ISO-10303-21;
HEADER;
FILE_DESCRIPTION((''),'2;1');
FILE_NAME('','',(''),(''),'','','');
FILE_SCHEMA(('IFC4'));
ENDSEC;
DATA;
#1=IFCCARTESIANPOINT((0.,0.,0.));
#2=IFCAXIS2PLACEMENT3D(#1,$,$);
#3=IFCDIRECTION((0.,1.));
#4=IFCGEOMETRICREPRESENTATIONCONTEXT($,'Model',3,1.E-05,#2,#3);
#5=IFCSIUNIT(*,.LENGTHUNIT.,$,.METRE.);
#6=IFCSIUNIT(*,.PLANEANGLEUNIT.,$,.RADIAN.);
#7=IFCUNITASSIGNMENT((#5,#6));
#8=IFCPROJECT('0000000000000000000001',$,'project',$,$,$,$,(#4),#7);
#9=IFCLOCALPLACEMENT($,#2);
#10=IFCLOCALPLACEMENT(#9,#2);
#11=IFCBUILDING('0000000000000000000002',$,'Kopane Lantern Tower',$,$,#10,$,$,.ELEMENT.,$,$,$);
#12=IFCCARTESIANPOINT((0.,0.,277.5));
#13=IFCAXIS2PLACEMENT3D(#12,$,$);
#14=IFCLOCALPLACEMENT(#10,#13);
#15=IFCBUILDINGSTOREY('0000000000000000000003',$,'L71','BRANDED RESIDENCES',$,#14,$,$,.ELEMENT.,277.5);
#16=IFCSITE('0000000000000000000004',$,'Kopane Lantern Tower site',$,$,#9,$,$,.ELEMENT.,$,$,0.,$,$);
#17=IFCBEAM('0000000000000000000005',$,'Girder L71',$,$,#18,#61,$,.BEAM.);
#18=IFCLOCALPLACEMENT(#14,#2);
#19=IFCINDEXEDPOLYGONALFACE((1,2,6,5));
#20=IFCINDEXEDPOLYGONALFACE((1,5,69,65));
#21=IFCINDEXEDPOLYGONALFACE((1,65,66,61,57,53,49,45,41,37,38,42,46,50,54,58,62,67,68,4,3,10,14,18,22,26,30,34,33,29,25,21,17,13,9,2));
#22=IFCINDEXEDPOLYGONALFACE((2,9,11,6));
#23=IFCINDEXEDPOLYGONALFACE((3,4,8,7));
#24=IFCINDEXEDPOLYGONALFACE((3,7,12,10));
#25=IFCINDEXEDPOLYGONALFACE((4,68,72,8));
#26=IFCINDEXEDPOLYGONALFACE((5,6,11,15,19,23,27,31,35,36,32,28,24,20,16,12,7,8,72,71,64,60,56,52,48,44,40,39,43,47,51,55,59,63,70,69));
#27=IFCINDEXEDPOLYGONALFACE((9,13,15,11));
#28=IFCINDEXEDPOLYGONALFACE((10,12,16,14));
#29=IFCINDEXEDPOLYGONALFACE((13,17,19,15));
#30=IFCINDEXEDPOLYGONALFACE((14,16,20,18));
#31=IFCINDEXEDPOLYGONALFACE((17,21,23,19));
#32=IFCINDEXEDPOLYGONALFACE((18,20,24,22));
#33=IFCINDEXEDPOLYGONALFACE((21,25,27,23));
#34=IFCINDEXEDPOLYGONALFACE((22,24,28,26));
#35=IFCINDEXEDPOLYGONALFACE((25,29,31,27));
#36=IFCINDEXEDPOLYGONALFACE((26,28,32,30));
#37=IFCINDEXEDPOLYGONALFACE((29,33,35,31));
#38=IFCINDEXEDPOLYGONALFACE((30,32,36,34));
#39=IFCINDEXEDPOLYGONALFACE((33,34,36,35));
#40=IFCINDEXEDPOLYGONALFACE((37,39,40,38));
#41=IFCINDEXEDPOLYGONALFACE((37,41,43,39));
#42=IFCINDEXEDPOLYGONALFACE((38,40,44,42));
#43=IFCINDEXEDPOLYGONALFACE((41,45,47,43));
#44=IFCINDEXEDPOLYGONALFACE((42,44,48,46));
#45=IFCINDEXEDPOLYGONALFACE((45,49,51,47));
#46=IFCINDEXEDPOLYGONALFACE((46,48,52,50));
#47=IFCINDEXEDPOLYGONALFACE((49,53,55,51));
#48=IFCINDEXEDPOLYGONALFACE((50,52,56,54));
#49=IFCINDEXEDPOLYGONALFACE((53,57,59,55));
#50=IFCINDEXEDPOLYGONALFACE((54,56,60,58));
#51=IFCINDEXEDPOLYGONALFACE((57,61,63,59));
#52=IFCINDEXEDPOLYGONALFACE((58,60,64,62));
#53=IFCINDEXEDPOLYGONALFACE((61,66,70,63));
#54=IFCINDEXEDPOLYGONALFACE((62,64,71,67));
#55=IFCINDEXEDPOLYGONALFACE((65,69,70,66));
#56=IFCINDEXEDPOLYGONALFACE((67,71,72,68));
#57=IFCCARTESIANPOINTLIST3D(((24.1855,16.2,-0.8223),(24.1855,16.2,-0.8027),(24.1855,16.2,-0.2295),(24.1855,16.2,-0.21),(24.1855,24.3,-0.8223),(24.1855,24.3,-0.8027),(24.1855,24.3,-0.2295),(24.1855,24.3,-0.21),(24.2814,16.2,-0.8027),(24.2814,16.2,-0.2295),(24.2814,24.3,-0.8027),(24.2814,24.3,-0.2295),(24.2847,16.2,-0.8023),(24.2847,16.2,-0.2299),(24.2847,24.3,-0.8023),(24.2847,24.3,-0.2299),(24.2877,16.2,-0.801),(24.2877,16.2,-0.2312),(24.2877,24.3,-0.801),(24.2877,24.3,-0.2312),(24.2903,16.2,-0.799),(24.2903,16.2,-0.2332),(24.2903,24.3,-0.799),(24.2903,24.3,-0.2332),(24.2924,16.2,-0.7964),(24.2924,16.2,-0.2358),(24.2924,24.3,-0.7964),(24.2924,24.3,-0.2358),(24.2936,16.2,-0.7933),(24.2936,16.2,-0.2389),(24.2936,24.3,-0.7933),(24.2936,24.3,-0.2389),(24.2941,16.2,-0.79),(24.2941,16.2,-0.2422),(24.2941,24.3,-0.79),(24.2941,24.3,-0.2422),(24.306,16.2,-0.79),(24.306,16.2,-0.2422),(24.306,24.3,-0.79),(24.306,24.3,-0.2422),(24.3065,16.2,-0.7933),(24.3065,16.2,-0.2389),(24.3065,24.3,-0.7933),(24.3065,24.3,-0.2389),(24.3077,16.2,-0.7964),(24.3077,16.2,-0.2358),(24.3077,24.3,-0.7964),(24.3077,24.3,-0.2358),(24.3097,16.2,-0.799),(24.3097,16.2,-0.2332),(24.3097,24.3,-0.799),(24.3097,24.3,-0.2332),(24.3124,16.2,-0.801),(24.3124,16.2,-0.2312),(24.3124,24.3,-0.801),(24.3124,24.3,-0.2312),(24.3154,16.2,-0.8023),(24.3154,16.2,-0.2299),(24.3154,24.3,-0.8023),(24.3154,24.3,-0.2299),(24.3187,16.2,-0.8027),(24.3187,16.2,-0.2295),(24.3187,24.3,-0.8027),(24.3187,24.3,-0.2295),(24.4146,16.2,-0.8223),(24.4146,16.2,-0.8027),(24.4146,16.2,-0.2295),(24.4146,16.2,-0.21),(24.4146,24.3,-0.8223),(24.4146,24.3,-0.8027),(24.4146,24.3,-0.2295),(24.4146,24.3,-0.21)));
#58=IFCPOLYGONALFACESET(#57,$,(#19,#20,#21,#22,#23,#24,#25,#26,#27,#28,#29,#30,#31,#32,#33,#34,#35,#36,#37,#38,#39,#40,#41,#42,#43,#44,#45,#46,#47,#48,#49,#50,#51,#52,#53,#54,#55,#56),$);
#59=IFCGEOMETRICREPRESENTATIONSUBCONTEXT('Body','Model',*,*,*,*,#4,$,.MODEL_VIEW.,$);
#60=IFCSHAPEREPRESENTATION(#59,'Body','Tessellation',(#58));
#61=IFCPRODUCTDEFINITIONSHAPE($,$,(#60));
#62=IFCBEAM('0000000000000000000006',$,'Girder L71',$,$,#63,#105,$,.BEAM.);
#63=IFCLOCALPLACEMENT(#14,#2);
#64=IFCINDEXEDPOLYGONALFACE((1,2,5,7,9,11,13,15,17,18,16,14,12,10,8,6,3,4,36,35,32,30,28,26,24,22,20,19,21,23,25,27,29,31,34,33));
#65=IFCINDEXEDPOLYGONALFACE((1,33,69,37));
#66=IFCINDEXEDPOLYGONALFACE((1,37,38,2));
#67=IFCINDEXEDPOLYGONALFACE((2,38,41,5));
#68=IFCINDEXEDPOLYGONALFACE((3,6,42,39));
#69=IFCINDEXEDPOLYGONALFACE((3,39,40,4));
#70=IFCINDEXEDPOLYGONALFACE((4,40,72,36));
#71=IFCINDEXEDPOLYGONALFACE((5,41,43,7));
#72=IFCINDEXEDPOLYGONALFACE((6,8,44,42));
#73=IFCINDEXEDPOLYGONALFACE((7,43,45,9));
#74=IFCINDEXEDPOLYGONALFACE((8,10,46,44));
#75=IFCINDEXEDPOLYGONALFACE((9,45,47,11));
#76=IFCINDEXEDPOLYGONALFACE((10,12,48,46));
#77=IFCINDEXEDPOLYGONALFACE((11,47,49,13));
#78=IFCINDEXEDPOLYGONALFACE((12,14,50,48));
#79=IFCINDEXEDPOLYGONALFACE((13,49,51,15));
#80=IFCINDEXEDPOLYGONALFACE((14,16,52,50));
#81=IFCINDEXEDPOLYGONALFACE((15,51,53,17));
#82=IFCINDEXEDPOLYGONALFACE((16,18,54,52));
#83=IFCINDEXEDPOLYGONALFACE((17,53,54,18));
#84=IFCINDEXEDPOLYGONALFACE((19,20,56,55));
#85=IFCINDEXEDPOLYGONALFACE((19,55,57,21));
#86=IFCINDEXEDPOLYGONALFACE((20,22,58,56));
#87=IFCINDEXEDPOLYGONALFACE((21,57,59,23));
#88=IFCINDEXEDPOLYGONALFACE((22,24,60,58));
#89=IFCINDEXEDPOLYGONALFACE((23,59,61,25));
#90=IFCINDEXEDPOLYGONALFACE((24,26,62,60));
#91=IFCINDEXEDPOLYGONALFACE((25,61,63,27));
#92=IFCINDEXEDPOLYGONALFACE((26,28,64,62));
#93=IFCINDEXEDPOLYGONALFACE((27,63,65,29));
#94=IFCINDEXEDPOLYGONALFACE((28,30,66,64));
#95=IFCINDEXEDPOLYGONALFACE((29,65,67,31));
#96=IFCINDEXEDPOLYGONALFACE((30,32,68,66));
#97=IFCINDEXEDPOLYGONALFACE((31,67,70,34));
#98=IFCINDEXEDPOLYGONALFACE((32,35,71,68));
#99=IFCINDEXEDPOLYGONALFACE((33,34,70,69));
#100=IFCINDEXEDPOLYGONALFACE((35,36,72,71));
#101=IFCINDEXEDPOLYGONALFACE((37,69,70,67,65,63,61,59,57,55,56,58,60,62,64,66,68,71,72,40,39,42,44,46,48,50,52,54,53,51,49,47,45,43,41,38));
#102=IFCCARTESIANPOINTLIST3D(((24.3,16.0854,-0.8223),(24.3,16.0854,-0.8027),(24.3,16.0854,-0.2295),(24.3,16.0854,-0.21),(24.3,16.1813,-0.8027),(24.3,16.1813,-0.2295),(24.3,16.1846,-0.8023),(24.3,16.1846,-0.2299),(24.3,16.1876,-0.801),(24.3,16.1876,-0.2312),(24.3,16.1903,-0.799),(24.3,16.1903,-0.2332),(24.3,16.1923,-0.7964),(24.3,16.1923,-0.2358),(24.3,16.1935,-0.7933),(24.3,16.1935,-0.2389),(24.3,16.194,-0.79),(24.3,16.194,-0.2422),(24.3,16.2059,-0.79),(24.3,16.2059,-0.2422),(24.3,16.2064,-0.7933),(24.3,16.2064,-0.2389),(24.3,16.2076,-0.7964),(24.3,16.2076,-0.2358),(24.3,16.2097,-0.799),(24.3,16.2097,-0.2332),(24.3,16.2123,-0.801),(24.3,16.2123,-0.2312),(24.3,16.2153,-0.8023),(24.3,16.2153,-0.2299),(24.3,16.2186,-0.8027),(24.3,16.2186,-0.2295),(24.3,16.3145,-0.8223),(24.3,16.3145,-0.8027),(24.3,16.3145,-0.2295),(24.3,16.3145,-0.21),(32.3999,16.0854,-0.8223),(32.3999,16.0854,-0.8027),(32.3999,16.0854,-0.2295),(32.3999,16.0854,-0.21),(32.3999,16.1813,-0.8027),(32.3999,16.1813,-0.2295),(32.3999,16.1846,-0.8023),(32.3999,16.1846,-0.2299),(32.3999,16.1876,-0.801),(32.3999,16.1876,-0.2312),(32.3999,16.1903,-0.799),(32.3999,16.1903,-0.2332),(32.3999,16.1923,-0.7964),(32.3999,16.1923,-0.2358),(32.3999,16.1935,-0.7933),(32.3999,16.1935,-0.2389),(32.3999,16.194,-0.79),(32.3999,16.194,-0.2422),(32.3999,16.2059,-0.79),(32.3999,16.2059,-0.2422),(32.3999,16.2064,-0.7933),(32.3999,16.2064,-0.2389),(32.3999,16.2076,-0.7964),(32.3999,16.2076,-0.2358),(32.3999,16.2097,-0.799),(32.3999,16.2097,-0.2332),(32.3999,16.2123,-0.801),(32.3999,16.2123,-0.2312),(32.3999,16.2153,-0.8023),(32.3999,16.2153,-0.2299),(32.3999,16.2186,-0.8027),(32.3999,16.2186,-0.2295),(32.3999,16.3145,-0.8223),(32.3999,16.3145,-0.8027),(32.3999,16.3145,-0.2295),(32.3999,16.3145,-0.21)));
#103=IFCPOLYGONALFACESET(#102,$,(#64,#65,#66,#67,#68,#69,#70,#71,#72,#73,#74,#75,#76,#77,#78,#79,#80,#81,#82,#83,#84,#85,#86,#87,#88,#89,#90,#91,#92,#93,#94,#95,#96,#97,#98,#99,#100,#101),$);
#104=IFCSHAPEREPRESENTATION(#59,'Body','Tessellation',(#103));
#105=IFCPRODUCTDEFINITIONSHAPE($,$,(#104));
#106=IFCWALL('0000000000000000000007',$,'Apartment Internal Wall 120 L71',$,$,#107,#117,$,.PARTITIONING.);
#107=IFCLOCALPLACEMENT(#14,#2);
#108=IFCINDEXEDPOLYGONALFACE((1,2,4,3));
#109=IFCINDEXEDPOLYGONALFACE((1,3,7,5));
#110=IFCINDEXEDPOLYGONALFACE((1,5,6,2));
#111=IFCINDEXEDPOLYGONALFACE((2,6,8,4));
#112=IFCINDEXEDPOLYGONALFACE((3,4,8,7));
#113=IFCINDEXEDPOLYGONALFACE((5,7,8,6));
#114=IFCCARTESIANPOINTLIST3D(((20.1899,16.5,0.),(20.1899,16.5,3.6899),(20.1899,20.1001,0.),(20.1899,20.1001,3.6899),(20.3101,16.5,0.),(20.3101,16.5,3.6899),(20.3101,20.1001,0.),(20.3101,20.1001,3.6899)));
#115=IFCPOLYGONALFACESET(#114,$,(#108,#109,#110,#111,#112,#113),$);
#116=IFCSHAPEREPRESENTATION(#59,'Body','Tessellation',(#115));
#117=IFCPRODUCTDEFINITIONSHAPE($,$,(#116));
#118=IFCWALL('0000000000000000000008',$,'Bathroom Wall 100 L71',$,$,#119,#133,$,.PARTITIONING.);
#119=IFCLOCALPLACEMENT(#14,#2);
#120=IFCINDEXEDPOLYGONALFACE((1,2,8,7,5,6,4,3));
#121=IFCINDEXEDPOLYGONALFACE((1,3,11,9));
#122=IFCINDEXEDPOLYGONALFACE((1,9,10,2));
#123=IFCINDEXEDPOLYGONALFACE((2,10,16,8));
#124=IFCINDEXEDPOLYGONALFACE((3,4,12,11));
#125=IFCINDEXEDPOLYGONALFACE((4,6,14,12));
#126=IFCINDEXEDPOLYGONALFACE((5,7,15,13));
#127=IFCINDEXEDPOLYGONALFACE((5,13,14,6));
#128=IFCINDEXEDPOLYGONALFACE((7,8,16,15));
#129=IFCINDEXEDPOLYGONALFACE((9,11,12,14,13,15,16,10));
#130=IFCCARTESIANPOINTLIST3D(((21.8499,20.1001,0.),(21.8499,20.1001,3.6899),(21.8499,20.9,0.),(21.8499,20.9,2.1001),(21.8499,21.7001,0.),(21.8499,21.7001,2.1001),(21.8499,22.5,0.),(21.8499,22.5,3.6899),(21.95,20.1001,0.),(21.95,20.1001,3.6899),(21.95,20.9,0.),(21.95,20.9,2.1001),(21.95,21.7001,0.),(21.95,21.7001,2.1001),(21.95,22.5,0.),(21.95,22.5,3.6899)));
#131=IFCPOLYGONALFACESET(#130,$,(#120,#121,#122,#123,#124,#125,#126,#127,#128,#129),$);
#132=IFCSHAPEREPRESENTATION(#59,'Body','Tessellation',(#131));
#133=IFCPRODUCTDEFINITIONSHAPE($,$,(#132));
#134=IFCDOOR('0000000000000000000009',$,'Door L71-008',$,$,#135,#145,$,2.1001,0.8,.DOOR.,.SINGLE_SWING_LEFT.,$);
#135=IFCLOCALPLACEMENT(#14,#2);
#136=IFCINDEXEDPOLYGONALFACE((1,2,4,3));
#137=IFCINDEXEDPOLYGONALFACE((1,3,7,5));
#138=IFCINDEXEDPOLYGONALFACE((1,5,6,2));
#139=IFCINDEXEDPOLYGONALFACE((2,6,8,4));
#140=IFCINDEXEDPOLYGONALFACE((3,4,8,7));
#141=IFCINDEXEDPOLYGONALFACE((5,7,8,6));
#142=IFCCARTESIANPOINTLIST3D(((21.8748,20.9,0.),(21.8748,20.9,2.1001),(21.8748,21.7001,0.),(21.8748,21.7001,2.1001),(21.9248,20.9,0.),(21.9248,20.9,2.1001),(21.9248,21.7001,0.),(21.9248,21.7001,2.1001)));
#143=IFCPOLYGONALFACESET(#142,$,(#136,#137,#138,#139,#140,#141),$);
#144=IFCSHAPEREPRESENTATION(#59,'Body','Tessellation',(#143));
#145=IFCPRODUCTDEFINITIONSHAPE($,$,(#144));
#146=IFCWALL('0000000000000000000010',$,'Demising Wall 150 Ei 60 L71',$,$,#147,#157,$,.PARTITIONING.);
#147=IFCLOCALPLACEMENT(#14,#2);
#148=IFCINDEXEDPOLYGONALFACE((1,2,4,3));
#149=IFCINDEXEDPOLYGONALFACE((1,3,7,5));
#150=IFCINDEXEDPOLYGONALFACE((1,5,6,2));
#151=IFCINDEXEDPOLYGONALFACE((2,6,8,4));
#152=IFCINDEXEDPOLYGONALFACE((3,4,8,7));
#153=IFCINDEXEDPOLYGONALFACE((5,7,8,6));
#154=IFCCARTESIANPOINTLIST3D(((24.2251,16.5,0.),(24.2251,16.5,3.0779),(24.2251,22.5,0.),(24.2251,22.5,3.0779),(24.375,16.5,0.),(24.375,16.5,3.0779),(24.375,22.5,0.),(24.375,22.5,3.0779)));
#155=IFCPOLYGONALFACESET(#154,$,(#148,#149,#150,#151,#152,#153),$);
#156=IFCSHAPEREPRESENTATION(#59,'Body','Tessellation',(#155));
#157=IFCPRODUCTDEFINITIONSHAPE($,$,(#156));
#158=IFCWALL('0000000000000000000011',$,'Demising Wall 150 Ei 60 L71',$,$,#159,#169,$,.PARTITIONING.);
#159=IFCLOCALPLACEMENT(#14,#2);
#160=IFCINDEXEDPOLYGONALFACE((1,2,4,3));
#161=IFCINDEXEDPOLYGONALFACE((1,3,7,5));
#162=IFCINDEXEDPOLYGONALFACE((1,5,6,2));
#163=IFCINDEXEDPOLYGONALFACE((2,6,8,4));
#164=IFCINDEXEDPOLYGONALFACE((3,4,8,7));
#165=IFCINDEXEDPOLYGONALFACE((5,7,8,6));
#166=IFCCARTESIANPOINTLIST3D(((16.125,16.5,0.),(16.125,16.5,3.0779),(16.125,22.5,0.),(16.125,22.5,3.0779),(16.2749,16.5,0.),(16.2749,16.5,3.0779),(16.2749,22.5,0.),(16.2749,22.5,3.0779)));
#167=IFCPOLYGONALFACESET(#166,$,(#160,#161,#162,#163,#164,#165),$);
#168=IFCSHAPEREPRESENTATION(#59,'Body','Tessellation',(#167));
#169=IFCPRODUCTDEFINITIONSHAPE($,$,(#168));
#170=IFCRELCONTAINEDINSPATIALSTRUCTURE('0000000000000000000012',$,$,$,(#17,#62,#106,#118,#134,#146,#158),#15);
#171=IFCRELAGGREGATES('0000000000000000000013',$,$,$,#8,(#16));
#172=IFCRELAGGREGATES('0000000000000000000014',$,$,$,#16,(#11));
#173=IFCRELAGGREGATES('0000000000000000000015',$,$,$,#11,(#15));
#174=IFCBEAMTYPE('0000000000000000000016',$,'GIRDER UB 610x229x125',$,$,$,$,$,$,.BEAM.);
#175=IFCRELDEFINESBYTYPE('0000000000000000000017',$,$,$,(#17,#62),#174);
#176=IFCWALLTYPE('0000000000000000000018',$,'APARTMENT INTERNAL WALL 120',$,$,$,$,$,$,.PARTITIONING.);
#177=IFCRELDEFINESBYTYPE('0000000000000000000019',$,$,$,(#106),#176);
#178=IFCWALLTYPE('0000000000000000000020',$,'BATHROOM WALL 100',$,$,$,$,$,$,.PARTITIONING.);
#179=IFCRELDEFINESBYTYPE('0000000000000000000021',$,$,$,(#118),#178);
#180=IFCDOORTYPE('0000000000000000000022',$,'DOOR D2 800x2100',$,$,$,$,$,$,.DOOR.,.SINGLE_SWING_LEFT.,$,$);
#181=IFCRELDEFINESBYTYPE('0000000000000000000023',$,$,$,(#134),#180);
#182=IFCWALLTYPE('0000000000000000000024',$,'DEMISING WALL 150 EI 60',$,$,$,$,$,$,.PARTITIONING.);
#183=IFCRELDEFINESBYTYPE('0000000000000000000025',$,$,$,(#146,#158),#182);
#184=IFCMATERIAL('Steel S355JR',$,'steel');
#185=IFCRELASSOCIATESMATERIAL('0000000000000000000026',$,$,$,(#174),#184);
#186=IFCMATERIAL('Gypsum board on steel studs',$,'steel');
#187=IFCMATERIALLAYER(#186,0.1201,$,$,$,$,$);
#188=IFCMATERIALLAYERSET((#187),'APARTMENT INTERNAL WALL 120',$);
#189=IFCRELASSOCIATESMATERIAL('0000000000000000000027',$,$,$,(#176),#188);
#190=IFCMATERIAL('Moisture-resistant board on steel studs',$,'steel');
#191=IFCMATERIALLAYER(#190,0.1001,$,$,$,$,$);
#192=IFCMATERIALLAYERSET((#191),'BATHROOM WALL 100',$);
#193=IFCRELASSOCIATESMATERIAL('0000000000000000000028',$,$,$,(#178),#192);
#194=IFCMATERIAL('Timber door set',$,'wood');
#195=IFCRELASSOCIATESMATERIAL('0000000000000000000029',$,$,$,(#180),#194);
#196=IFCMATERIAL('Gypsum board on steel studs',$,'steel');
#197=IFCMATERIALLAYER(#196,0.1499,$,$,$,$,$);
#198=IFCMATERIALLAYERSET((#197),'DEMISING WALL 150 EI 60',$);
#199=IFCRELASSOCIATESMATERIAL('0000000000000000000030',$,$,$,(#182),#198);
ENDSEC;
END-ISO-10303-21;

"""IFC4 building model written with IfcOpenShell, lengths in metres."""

from ifc_helpers import new_model, si_unit, direction, frame, frame_2d, origin, origin_2d, place, context, subcontext, project, spatial, rectangle, i_section, extrude, material, layer, layer_set, material_profile, profile_set, type_object, element, fill, save


model = new_model("IFC4")

# Units and contexts
model_context = context("Model", 3, precision=1e-05, world=origin(), true_north=direction((0.0, 1.0)))
body_context = subcontext(model_context, "Body", "Model", "MODEL_VIEW")
ifc_project = project(units=[si_unit("LENGTHUNIT", "METRE"), si_unit("PLANEANGLEUNIT", "RADIAN")], contexts=[model_context])

# Site, building, storey
site_placement = place(None, origin())
site = spatial("IfcSite", under=ifc_project, at=site_placement, Name="Kopane Lantern Tower site", CompositionType="ELEMENT", RefElevation=0.0)
building_placement = place(site_placement, origin())
building = spatial("IfcBuilding", under=site, at=building_placement, Name="Kopane Lantern Tower", CompositionType="ELEMENT")
storey_placement = place(building_placement, frame((0.0, 0.0, 277.5)))
storey = spatial("IfcBuildingStorey", under=building, at=storey_placement, Name="L71", Description="BRANDED RESIDENCES", CompositionType="ELEMENT", Elevation=277.5)

# Beams
ifc_material_1 = material(Name="Steel S355JR", Category="steel")
ifc_material_profile_1 = material_profile(ifc_material_1, i_section(OverallWidth=0.229, OverallDepth=0.6123, WebThickness=0.012, FlangeThickness=0.0195, FilletRadius=0.0127, at=origin_2d()), Name="UB 610x229x125")
ifc_profile_set_1 = profile_set([ifc_material_profile_1], Name="Steel S355JR")
beam_type = type_object("IfcBeamType", Name="GIRDER UB 610x229x125", PredefinedType="BEAM", material=ifc_profile_set_1)
for number, where, z_axis, x_axis, name in (
    (1, (24.3, 16.2, -0.5161), (0.0, 1.0, 0.0), (-1.0, 0.0, 0.0), "Girder L71"),
):
    element("IfcBeam", number, at=place(storey_placement, frame(where, z_axis=z_axis, x_axis=x_axis)), inside=storey, type_object=beam_type, Name=name, PredefinedType="BEAM", context=body_context, shape_type="SweptSolid", body=[
        extrude(i_section(OverallWidth=0.229, OverallDepth=0.6123, WebThickness=0.012, FlangeThickness=0.0195, FilletRadius=0.0127, at=origin_2d()), origin(), (0.0, 0.0, 1.0), 8.1001),
    ])
beam_placement = place(storey_placement, frame((24.3, 16.2, -0.5161), z_axis=(1.0, 0.0, 0.0), x_axis=(0.0, 1.0, 0.0)))
element("IfcBeam", 2, at=beam_placement, inside=storey, type_object=beam_type, Name="Girder L71", PredefinedType="BEAM", context=body_context, shape_type="SweptSolid", body=[
    extrude(i_section(OverallWidth=0.229, OverallDepth=0.6123, WebThickness=0.012, FlangeThickness=0.0195, FilletRadius=0.0127, at=origin_2d()), origin(), (0.0, 0.0, 1.0), 8.0999),
])

# Wall
ifc_material_2 = material(Name="Gypsum board on steel studs", Category="steel")
ifc_layer_1 = layer(ifc_material_2, 0.1201)
ifc_layer_set_1 = layer_set([ifc_layer_1], Name="APARTMENT INTERNAL WALL 120")
wall_type_1 = type_object("IfcWallType", Name="APARTMENT INTERNAL WALL 120", PredefinedType="PARTITIONING", material=ifc_layer_set_1)
wall_1_placement = place(storey_placement, frame((20.25, 20.1001, 0.0), z_axis=(0.0, 0.0, 1.0), x_axis=(0.0, -1.0, 0.0)))
element("IfcWall", 3, at=wall_1_placement, inside=storey, type_object=wall_type_1, Name="Apartment Internal Wall 120 L71", PredefinedType="PARTITIONING", context=body_context, shape_type="SweptSolid", body=[
    extrude(rectangle(XDim=3.6001, YDim=0.1201, at=frame_2d((1.8, 0.0))), origin(), (0.0, 0.0, 1.0), 3.6899),
])

# Wall, opening, door
ifc_material_3 = material(Name="Moisture-resistant board on steel studs", Category="steel")
ifc_layer_2 = layer(ifc_material_3, 0.1001)
ifc_layer_set_2 = layer_set([ifc_layer_2], Name="BATHROOM WALL 100")
wall_type_2 = type_object("IfcWallType", Name="BATHROOM WALL 100", PredefinedType="PARTITIONING", material=ifc_layer_set_2)
wall_2_placement = place(storey_placement, frame((21.8999, 22.5, 0.0), z_axis=(0.0, 0.0, 1.0), x_axis=(0.0, -1.0, 0.0)))
wall_2 = element("IfcWall", 4, at=wall_2_placement, inside=storey, type_object=wall_type_2, Name="Bathroom Wall 100 L71", PredefinedType="PARTITIONING", context=body_context, shape_type="SweptSolid", body=[
    extrude(rectangle(XDim=2.3999, YDim=0.1001, at=frame_2d((1.2, 0.0))), origin(), (0.0, 0.0, 1.0), 3.6899),
])
opening_1_placement = place(wall_2_placement, frame((0.8, 0.0, 0.0)))
opening_1 = element("IfcOpeningElement", 5, at=opening_1_placement, cuts=wall_2, PredefinedType="OPENING", context=body_context, shape_type="SweptSolid", body=[
    extrude(rectangle(XDim=0.8, YDim=2.1001, at=frame_2d((0.3999, 1.05))), frame((0.0, 0.0601, 0.0), z_axis=(0.0, -1.0, 0.0), x_axis=(1.0, 0.0, 0.0)), (0.0, 0.0, 1.0), 0.1201),
])
ifc_material_4 = material(Name="Timber door set", Category="wood")
door_type_1 = type_object("IfcDoorType", Name="DOOR D2 800x2100", OperationType="SINGLE_SWING_LEFT", PredefinedType="DOOR", material=ifc_material_4)
door_1_placement = place(opening_1_placement, origin())
door_1 = element("IfcDoor", 6, at=door_1_placement, inside=storey, type_object=door_type_1, Name="Door L71-008", OperationType="SINGLE_SWING_LEFT", OverallHeight=2.1001, OverallWidth=0.8, PredefinedType="DOOR", context=body_context, shape_type="SweptSolid", body=[
    extrude(rectangle(XDim=0.8, YDim=2.1001, at=frame_2d((0.3999, 1.05))), frame((0.0, 0.0249, 0.0), z_axis=(0.0, -1.0, 0.0), x_axis=(1.0, 0.0, 0.0)), (0.0, 0.0, 1.0), 0.05),
])
fill(opening_1, door_1)

# Walls
ifc_material_5 = material(Name="Gypsum board on steel studs", Category="steel")
ifc_layer_3 = layer(ifc_material_5, 0.1499)
ifc_layer_set_3 = layer_set([ifc_layer_3], Name="DEMISING WALL 150 EI 60")
wall_type_3 = type_object("IfcWallType", Name="DEMISING WALL 150 EI 60", PredefinedType="PARTITIONING", material=ifc_layer_set_3)
for number, where, z_axis, x_axis, name in (
    (7, (24.3, 22.5, 0.0), (0.0, 0.0, 1.0), (0.0, -1.0, 0.0), "Demising Wall 150 Ei 60 L71"),
    (8, (16.2, 22.5, 0.0), (0.0, 0.0, 1.0), (0.0, -1.0, 0.0), "Demising Wall 150 Ei 60 L71"),
):
    element("IfcWall", number, at=place(storey_placement, frame(where, z_axis=z_axis, x_axis=x_axis)), inside=storey, type_object=wall_type_3, Name=name, PredefinedType="PARTITIONING", context=body_context, shape_type="SweptSolid", body=[
        extrude(rectangle(XDim=6.0, YDim=0.1499, at=frame_2d((3.0, 0.0))), origin(), (0.0, 0.0, 1.0), 3.0779),
    ])

save(model, "model.ifc")
